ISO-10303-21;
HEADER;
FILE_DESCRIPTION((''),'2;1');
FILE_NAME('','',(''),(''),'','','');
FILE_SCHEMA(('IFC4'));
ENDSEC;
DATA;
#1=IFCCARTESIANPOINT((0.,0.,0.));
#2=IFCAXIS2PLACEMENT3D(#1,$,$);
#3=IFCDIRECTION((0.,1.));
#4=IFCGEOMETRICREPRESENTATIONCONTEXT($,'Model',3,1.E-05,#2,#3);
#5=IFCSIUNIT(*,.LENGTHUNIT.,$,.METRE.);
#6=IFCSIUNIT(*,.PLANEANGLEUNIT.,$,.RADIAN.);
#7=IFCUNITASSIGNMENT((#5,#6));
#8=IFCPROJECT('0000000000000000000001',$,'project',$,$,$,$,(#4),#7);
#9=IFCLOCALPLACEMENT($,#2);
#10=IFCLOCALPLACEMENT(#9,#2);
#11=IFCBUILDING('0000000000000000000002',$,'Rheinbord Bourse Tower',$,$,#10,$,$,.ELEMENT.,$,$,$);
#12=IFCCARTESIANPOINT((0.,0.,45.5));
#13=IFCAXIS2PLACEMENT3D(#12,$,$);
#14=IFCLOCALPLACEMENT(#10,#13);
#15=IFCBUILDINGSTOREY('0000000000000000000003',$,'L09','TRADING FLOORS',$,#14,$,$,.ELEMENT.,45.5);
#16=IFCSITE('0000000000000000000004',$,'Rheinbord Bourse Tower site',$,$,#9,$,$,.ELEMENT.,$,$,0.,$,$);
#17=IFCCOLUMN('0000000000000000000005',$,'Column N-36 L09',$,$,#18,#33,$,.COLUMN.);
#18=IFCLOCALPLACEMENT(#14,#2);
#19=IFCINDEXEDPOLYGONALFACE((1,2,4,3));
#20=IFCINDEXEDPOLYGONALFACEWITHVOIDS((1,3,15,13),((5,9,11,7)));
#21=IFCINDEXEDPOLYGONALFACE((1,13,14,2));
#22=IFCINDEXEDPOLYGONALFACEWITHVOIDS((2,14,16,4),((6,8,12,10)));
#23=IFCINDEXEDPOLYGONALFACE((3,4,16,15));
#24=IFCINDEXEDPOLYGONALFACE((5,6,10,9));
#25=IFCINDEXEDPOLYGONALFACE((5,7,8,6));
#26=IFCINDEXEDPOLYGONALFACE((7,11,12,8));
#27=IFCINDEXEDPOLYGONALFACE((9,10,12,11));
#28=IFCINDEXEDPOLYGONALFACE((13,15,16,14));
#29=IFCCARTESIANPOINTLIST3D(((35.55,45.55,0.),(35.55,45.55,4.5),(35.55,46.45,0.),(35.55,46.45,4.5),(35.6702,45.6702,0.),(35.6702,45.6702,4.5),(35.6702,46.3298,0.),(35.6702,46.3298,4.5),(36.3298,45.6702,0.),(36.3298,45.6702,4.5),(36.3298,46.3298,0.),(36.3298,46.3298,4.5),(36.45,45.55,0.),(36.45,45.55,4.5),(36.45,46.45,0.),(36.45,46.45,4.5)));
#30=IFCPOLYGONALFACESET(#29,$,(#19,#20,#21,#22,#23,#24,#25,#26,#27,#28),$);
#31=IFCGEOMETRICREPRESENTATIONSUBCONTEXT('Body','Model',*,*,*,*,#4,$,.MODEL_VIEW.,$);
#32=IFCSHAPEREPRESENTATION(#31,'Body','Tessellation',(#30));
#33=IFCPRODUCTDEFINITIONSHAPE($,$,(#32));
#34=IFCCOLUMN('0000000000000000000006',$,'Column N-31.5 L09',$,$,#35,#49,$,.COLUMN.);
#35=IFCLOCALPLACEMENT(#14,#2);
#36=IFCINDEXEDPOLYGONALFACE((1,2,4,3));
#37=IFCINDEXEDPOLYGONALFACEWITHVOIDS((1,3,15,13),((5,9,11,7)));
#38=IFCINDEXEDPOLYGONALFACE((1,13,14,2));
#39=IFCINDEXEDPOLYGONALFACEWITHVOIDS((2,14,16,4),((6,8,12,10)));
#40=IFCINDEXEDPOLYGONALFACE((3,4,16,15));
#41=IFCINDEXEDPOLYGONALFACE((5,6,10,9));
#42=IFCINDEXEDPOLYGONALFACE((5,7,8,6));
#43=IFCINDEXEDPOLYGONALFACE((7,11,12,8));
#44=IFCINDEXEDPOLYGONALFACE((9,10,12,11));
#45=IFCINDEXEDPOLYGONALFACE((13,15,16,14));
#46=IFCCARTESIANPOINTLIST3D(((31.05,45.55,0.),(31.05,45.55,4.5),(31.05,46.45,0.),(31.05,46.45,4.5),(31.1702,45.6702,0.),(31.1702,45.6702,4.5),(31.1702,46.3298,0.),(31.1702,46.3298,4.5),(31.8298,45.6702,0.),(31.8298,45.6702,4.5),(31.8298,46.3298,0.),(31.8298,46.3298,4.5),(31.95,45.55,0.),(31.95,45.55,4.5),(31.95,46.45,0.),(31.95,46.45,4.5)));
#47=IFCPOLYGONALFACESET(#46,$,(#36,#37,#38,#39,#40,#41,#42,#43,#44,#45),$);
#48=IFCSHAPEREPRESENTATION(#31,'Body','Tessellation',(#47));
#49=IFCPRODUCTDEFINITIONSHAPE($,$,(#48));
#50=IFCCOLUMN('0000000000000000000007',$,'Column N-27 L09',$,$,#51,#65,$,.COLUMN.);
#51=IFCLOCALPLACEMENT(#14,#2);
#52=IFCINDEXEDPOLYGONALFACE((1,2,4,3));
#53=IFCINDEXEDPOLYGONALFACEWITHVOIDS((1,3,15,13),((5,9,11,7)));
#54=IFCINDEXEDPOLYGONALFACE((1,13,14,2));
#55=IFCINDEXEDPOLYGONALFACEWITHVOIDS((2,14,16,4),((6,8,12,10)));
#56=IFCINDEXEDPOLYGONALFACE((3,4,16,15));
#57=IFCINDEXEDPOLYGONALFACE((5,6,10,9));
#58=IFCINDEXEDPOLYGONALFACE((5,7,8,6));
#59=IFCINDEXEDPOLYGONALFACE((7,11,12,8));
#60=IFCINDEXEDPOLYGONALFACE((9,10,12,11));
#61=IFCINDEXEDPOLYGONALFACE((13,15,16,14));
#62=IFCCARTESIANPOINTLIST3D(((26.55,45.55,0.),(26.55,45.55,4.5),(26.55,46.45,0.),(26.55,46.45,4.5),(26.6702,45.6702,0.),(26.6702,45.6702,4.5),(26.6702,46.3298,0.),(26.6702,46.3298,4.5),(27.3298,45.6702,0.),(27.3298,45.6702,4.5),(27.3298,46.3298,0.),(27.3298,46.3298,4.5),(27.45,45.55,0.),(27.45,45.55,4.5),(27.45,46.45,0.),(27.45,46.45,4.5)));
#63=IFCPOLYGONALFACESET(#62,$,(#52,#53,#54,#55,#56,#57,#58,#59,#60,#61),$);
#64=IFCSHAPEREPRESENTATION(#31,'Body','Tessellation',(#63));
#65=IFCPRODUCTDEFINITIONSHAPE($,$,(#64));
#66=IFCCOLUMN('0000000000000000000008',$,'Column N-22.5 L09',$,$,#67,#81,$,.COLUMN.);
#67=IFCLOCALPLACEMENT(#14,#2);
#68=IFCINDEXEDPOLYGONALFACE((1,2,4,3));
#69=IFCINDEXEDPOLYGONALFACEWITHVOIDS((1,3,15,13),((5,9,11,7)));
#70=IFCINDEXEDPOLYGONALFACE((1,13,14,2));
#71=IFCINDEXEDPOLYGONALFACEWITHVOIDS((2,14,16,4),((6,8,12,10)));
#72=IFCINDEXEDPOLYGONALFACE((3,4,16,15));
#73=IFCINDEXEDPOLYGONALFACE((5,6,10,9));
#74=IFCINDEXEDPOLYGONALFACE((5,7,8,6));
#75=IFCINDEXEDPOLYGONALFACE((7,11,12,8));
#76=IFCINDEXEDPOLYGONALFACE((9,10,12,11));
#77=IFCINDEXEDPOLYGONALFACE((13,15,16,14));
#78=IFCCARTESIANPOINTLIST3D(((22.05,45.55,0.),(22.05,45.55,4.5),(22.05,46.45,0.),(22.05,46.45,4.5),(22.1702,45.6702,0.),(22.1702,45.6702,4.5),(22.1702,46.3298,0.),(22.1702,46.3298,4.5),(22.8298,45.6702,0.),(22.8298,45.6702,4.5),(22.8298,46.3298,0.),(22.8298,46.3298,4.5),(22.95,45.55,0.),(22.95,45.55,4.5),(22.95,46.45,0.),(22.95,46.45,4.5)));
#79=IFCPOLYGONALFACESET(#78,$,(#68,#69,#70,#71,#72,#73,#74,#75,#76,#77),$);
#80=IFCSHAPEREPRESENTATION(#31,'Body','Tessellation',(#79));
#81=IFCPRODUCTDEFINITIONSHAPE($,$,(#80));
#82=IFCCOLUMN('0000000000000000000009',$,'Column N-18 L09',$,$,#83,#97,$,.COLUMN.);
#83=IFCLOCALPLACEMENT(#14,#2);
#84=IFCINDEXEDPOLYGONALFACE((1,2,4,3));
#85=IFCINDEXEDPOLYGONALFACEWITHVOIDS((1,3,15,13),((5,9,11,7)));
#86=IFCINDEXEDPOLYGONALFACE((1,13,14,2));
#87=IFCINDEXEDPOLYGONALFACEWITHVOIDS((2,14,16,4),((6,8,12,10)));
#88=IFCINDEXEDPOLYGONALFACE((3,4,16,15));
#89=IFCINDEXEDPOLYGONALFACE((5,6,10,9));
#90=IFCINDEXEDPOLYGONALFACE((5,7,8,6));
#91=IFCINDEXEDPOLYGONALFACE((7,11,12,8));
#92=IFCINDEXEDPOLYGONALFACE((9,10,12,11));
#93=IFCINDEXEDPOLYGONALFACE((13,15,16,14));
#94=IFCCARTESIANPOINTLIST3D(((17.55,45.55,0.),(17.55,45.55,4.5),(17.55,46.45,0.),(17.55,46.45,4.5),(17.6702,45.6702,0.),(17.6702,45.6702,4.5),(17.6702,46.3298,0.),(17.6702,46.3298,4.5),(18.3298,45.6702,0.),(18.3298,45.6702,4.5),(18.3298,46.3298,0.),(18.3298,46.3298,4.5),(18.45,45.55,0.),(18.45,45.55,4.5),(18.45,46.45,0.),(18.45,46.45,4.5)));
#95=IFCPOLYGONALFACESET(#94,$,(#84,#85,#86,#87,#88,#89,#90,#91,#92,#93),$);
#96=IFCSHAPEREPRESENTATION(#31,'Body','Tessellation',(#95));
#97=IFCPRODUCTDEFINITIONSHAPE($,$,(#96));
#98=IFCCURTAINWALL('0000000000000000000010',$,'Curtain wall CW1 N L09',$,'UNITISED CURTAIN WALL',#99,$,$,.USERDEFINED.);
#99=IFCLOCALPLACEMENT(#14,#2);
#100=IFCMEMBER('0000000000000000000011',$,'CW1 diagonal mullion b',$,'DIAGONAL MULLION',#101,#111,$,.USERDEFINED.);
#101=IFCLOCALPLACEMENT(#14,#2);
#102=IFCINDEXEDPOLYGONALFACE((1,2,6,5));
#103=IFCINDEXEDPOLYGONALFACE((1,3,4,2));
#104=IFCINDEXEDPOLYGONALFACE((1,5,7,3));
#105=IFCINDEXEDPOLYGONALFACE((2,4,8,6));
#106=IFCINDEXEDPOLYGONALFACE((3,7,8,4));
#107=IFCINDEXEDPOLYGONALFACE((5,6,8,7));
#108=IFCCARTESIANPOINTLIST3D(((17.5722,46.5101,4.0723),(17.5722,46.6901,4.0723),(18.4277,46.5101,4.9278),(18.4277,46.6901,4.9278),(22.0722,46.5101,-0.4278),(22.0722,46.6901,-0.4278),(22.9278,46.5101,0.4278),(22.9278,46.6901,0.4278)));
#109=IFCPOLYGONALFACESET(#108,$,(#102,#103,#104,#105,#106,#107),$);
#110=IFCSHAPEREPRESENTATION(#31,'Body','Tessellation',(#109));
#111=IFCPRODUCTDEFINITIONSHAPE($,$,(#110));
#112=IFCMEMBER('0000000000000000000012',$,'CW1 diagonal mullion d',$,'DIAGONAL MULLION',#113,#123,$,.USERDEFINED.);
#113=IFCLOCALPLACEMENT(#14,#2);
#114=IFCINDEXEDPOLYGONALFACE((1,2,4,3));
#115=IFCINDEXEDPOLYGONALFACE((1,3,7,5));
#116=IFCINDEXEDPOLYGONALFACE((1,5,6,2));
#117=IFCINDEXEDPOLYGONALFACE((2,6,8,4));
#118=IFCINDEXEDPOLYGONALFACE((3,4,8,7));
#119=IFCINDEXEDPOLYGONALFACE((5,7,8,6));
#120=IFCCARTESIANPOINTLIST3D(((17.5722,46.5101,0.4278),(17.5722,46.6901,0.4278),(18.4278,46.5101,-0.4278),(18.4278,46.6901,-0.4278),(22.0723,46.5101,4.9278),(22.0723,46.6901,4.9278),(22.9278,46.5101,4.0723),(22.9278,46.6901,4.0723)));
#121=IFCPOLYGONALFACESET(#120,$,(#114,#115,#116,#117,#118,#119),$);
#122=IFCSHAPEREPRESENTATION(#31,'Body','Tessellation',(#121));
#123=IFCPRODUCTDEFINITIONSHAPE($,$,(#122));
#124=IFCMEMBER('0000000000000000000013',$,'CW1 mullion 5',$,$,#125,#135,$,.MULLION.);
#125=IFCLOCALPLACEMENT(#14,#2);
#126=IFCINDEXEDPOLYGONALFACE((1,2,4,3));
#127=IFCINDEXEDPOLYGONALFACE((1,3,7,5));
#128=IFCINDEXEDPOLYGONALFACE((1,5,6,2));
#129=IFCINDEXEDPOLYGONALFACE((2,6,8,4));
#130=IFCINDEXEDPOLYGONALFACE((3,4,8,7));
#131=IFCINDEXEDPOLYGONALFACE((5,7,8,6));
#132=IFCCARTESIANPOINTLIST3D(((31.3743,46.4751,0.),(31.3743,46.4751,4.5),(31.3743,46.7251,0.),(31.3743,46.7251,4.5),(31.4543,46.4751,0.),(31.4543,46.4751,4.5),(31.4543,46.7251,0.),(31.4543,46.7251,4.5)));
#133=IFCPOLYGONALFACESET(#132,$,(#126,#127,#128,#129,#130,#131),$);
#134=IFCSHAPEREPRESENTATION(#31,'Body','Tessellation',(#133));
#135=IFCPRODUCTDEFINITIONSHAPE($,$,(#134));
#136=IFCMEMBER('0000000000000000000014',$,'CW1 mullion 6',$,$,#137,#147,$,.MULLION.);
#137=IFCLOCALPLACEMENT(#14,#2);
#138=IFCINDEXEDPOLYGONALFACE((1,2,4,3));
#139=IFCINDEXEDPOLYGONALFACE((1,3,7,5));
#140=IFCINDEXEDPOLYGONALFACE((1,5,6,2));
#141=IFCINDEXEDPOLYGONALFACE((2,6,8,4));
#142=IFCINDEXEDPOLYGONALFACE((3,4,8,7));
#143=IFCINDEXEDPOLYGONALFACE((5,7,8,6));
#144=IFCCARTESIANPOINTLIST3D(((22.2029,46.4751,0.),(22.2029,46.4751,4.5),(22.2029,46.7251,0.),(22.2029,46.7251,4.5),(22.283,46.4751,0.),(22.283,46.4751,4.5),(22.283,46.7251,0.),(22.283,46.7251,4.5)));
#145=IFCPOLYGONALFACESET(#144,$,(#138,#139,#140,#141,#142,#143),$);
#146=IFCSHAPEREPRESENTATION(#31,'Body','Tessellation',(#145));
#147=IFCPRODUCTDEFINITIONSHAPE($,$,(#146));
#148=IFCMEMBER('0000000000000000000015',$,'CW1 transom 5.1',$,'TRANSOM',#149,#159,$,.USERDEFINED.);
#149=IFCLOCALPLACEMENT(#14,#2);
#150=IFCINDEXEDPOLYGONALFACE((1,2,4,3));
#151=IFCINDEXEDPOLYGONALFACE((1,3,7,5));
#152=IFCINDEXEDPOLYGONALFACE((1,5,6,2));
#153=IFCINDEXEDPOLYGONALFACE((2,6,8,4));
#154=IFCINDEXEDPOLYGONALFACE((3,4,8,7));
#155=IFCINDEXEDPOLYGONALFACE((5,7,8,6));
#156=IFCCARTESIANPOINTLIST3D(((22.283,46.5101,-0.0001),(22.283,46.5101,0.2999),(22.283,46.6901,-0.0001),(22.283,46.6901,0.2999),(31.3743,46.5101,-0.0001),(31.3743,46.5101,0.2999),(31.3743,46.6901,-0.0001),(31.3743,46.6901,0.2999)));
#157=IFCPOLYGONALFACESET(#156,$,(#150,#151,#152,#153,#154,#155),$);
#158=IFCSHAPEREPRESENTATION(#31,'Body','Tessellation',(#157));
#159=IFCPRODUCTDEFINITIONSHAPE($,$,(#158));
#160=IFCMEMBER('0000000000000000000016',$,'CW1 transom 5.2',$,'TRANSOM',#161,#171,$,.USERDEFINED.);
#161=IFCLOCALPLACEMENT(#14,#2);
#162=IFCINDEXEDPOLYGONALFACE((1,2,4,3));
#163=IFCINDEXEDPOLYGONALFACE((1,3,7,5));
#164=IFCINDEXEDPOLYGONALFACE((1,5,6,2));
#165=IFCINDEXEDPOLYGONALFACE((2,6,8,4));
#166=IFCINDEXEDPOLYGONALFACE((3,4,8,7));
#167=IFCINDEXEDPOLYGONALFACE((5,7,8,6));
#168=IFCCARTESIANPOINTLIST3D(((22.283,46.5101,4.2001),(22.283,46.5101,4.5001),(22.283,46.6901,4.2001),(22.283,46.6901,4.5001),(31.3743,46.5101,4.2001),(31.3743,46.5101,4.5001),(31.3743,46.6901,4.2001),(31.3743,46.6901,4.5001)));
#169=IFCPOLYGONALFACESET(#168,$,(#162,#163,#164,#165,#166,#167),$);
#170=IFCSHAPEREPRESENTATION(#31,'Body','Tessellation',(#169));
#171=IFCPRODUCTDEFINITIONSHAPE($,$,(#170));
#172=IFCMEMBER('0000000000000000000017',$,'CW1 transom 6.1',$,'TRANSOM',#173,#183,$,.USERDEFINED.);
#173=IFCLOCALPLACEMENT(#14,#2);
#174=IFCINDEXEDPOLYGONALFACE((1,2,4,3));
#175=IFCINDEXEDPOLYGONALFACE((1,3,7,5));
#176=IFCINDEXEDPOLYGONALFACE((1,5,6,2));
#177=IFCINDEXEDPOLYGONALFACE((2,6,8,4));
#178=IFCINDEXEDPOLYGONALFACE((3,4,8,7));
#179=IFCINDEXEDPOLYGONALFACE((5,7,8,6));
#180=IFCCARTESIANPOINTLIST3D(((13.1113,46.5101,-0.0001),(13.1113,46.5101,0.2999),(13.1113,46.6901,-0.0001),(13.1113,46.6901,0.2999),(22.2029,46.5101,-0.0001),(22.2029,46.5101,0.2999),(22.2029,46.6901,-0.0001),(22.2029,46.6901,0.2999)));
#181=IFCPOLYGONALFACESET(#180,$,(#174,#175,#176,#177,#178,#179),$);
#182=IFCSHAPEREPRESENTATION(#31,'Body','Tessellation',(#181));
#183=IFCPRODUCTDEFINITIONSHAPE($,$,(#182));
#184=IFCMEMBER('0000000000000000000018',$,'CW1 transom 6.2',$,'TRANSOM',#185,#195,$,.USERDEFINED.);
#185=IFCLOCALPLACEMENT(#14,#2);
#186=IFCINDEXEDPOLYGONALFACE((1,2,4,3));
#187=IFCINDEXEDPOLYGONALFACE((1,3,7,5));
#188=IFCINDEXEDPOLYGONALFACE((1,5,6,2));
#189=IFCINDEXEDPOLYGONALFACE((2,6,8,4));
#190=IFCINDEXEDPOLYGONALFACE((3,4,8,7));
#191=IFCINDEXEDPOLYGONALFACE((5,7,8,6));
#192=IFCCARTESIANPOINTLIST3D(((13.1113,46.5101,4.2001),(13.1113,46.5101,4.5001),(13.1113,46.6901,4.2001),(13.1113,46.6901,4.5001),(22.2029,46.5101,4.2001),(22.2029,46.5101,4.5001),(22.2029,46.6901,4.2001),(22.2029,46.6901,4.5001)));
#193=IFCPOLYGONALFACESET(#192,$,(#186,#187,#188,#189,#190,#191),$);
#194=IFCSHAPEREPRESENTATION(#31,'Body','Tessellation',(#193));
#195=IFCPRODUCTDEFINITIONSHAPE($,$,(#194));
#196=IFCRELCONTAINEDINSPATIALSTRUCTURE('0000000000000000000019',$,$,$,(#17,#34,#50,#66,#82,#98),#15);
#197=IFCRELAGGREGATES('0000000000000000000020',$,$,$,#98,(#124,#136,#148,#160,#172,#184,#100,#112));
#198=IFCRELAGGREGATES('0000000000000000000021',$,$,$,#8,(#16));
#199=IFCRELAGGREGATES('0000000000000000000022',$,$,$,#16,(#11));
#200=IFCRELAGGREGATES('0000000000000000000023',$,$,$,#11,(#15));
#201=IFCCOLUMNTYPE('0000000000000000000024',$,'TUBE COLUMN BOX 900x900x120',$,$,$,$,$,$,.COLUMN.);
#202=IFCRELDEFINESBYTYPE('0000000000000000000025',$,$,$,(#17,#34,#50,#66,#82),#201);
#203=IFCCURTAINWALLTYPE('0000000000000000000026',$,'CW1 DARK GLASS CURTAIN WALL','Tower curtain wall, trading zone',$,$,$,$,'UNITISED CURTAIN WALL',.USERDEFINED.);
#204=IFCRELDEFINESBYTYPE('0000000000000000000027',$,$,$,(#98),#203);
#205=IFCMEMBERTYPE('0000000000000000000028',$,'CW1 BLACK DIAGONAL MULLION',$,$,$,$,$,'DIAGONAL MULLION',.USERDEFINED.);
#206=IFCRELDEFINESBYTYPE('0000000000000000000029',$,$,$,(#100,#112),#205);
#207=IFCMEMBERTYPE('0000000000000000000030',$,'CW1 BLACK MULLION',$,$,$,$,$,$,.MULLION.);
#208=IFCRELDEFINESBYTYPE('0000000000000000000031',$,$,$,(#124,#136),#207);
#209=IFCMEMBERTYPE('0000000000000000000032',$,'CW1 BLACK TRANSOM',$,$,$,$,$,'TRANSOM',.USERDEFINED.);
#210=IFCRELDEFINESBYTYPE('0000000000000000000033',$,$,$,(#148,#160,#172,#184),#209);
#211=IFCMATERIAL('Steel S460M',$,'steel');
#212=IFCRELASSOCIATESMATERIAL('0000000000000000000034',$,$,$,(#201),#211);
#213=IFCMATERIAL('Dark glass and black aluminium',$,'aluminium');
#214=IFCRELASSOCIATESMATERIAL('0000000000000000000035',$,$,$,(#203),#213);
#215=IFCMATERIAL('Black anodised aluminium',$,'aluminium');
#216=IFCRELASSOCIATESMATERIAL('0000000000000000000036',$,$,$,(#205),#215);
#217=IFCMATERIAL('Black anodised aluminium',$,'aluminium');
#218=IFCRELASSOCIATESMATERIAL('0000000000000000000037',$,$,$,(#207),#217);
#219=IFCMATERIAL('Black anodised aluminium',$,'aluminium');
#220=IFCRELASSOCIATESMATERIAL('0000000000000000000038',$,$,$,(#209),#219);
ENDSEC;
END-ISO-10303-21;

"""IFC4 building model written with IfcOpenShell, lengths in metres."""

from ifc_helpers import new_model, si_unit, direction, frame, origin, origin_2d, place, context, subcontext, project, spatial, rectangle, hollow_rectangle, extrude, material, material_profile, profile_set, type_object, element, aggregate, save


model = new_model("IFC4")

# Units and contexts
model_context = context("Model", 3, precision=1e-05, world=origin(), true_north=direction((0.0, 1.0)))
body_context = subcontext(model_context, "Body", "Model", "MODEL_VIEW")
ifc_project = project(units=[si_unit("LENGTHUNIT", "METRE"), si_unit("PLANEANGLEUNIT", "RADIAN")], contexts=[model_context])

# Site, building, storey
site_placement = place(None, origin())
site = spatial("IfcSite", under=ifc_project, at=site_placement, Name="Rheinbord Bourse Tower site", CompositionType="ELEMENT", RefElevation=0.0)
building_placement = place(site_placement, origin())
building = spatial("IfcBuilding", under=site, at=building_placement, Name="Rheinbord Bourse Tower", CompositionType="ELEMENT")
storey_placement = place(building_placement, frame((0.0, 0.0, 45.5)))
storey = spatial("IfcBuildingStorey", under=building, at=storey_placement, Name="L09", Description="TRADING FLOORS", CompositionType="ELEMENT", Elevation=45.5)

# Columns
ifc_material_1 = material(Name="Steel S460M", Category="steel")
ifc_material_profile_1 = material_profile(ifc_material_1, hollow_rectangle(XDim=0.8999, YDim=0.8999, WallThickness=0.1201, at=origin_2d()), Name="BOX 900x900x120")
ifc_profile_set_1 = profile_set([ifc_material_profile_1], Name="Steel S460M")
column_type = type_object("IfcColumnType", Name="TUBE COLUMN BOX 900x900x120", PredefinedType="COLUMN", material=ifc_profile_set_1)
for number, where, z_axis, x_axis, name in (
    (1, (36.0, 46.0, 0.0), (0.0, 0.0, 1.0), (0.0, 1.0, 0.0), "Column N-36 L09"),
    (2, (31.5, 46.0, 0.0), (0.0, 0.0, 1.0), (0.0, 1.0, 0.0), "Column N-31.5 L09"),
    (3, (27.0, 46.0, 0.0), (0.0, 0.0, 1.0), (0.0, 1.0, 0.0), "Column N-27 L09"),
    (4, (22.5, 46.0, 0.0), (0.0, 0.0, 1.0), (0.0, 1.0, 0.0), "Column N-22.5 L09"),
    (5, (18.0, 46.0, 0.0), (0.0, 0.0, 1.0), (0.0, 1.0, 0.0), "Column N-18 L09"),
):
    element("IfcColumn", number, at=place(storey_placement, frame(where, z_axis=z_axis, x_axis=x_axis)), inside=storey, type_object=column_type, Name=name, PredefinedType="COLUMN", context=body_context, shape_type="SweptSolid", body=[
        extrude(hollow_rectangle(XDim=0.8999, YDim=0.8999, WallThickness=0.1201, at=origin_2d()), origin(), (0.0, 0.0, 1.0), 4.5),
    ])

# Curtain wall, members
ifc_material_2 = material(Name="Dark glass and black aluminium", Category="aluminium")
curtain_wall_type = type_object("IfcCurtainWallType", Name="CW1 DARK GLASS CURTAIN WALL", Description="Tower curtain wall, trading zone", ElementType="UNITISED CURTAIN WALL", PredefinedType="USERDEFINED", material=ifc_material_2)
curtain_wall_placement = place(storey_placement, origin())
curtain_wall = element("IfcCurtainWall", 6, at=curtain_wall_placement, inside=storey, type_object=curtain_wall_type, Name="Curtain wall CW1 N L09", ObjectType="UNITISED CURTAIN WALL", PredefinedType="USERDEFINED")
ifc_material_3 = material(Name="Black anodised aluminium", Category="aluminium")
ifc_material_profile_2 = material_profile(ifc_material_3, rectangle(XDim=0.1799, YDim=1.21, at=origin_2d()), Name="CW1 DIAGONAL MULLION 1210x180")
ifc_profile_set_2 = profile_set([ifc_material_profile_2], Name="Black anodised aluminium")
member_type_1 = type_object("IfcMemberType", Name="CW1 BLACK DIAGONAL MULLION", ElementType="DIAGONAL MULLION", PredefinedType="USERDEFINED", material=ifc_profile_set_2)
member_1_placement = place(storey_placement, frame((22.5, 46.6001, 0.0), z_axis=(-0.707107, 0.0, 0.707107), x_axis=(0.0, -1.0, 0.0)))
member_1 = element("IfcMember", 7, at=member_1_placement, type_object=member_type_1, Name="CW1 diagonal mullion b", ObjectType="DIAGONAL MULLION", PredefinedType="USERDEFINED", context=body_context, shape_type="SweptSolid", body=[
    extrude(rectangle(XDim=0.1799, YDim=1.21, at=origin_2d()), origin(), (0.0, 0.0, 1.0), 6.364),
])
member_2_placement = place(storey_placement, frame((18.0, 46.6001, 0.0), z_axis=(0.707107, 0.0, 0.707107), x_axis=(0.0, 1.0, 0.0)))
member_2 = element("IfcMember", 8, at=member_2_placement, type_object=member_type_1, Name="CW1 diagonal mullion d", ObjectType="DIAGONAL MULLION", PredefinedType="USERDEFINED", context=body_context, shape_type="SweptSolid", body=[
    extrude(rectangle(XDim=0.1799, YDim=1.21, at=origin_2d()), origin(), (0.0, 0.0, 1.0), 6.364),
])
ifc_material_4 = material(Name="Black anodised aluminium", Category="aluminium")
ifc_material_profile_3 = material_profile(ifc_material_4, rectangle(XDim=0.25, YDim=0.0801, at=origin_2d()), Name="CW1 MULLION 80x250")
ifc_profile_set_3 = profile_set([ifc_material_profile_3], Name="Black anodised aluminium")
member_type_2 = type_object("IfcMemberType", Name="CW1 BLACK MULLION", PredefinedType="MULLION", material=ifc_profile_set_3)
member_3_placement = place(storey_placement, frame((31.4143, 46.6001, 0.0), z_axis=(0.0, 0.0, 1.0), x_axis=(0.0, -1.0, 0.0)))
member_3 = element("IfcMember", 9, at=member_3_placement, type_object=member_type_2, Name="CW1 mullion 5", PredefinedType="MULLION", context=body_context, shape_type="SweptSolid", body=[
    extrude(rectangle(XDim=0.25, YDim=0.0801, at=origin_2d()), origin(), (0.0, 0.0, 1.0), 4.5),
])
member_4_placement = place(storey_placement, frame((22.2429, 46.6001, 0.0), z_axis=(0.0, 0.0, 1.0), x_axis=(0.0, -1.0, 0.0)))
member_4 = element("IfcMember", 10, at=member_4_placement, type_object=member_type_2, Name="CW1 mullion 6", PredefinedType="MULLION", context=body_context, shape_type="SweptSolid", body=[
    extrude(rectangle(XDim=0.25, YDim=0.0801, at=origin_2d()), origin(), (0.0, 0.0, 1.0), 4.5),
])
ifc_material_5 = material(Name="Black anodised aluminium", Category="aluminium")
ifc_material_profile_4 = material_profile(ifc_material_5, rectangle(XDim=0.1799, YDim=0.3, at=origin_2d()), Name="CW1 TRANSOM 300x180")
ifc_profile_set_4 = profile_set([ifc_material_profile_4], Name="Black anodised aluminium")
member_type_3 = type_object("IfcMemberType", Name="CW1 BLACK TRANSOM", ElementType="TRANSOM", PredefinedType="USERDEFINED", material=ifc_profile_set_4)
member_5_placement = place(storey_placement, frame((31.3743, 46.6001, 0.1499), z_axis=(-1.0, 0.0, 0.0), x_axis=(0.0, -1.0, 0.0)))
member_5 = element("IfcMember", 11, at=member_5_placement, type_object=member_type_3, Name="CW1 transom 5.1", ObjectType="TRANSOM", PredefinedType="USERDEFINED", context=body_context, shape_type="SweptSolid", body=[
    extrude(rectangle(XDim=0.1799, YDim=0.3, at=origin_2d()), origin(), (0.0, 0.0, 1.0), 9.0913),
])
member_6_placement = place(storey_placement, frame((31.3743, 46.6001, 4.3501), z_axis=(-1.0, 0.0, 0.0), x_axis=(0.0, -1.0, 0.0)))
member_6 = element("IfcMember", 12, at=member_6_placement, type_object=member_type_3, Name="CW1 transom 5.2", ObjectType="TRANSOM", PredefinedType="USERDEFINED", context=body_context, shape_type="SweptSolid", body=[
    extrude(rectangle(XDim=0.1799, YDim=0.3, at=origin_2d()), origin(), (0.0, 0.0, 1.0), 9.0913),
])
member_7_placement = place(storey_placement, frame((22.2029, 46.6001, 0.1499), z_axis=(-1.0, 0.0, 0.0), x_axis=(0.0, -1.0, 0.0)))
member_7 = element("IfcMember", 13, at=member_7_placement, type_object=member_type_3, Name="CW1 transom 6.1", ObjectType="TRANSOM", PredefinedType="USERDEFINED", context=body_context, shape_type="SweptSolid", body=[
    extrude(rectangle(XDim=0.1799, YDim=0.3, at=origin_2d()), origin(), (0.0, 0.0, 1.0), 9.0916),
])
member_8_placement = place(storey_placement, frame((22.2029, 46.6001, 4.3501), z_axis=(-1.0, 0.0, 0.0), x_axis=(0.0, -1.0, 0.0)))
member_8 = element("IfcMember", 14, at=member_8_placement, type_object=member_type_3, Name="CW1 transom 6.2", ObjectType="TRANSOM", PredefinedType="USERDEFINED", context=body_context, shape_type="SweptSolid", body=[
    extrude(rectangle(XDim=0.1799, YDim=0.3, at=origin_2d()), origin(), (0.0, 0.0, 1.0), 9.0916),
])

aggregate(curtain_wall, [member_3, member_4, member_5, member_6, member_7, member_8, member_1, member_2])

save(model, "model.ifc")
